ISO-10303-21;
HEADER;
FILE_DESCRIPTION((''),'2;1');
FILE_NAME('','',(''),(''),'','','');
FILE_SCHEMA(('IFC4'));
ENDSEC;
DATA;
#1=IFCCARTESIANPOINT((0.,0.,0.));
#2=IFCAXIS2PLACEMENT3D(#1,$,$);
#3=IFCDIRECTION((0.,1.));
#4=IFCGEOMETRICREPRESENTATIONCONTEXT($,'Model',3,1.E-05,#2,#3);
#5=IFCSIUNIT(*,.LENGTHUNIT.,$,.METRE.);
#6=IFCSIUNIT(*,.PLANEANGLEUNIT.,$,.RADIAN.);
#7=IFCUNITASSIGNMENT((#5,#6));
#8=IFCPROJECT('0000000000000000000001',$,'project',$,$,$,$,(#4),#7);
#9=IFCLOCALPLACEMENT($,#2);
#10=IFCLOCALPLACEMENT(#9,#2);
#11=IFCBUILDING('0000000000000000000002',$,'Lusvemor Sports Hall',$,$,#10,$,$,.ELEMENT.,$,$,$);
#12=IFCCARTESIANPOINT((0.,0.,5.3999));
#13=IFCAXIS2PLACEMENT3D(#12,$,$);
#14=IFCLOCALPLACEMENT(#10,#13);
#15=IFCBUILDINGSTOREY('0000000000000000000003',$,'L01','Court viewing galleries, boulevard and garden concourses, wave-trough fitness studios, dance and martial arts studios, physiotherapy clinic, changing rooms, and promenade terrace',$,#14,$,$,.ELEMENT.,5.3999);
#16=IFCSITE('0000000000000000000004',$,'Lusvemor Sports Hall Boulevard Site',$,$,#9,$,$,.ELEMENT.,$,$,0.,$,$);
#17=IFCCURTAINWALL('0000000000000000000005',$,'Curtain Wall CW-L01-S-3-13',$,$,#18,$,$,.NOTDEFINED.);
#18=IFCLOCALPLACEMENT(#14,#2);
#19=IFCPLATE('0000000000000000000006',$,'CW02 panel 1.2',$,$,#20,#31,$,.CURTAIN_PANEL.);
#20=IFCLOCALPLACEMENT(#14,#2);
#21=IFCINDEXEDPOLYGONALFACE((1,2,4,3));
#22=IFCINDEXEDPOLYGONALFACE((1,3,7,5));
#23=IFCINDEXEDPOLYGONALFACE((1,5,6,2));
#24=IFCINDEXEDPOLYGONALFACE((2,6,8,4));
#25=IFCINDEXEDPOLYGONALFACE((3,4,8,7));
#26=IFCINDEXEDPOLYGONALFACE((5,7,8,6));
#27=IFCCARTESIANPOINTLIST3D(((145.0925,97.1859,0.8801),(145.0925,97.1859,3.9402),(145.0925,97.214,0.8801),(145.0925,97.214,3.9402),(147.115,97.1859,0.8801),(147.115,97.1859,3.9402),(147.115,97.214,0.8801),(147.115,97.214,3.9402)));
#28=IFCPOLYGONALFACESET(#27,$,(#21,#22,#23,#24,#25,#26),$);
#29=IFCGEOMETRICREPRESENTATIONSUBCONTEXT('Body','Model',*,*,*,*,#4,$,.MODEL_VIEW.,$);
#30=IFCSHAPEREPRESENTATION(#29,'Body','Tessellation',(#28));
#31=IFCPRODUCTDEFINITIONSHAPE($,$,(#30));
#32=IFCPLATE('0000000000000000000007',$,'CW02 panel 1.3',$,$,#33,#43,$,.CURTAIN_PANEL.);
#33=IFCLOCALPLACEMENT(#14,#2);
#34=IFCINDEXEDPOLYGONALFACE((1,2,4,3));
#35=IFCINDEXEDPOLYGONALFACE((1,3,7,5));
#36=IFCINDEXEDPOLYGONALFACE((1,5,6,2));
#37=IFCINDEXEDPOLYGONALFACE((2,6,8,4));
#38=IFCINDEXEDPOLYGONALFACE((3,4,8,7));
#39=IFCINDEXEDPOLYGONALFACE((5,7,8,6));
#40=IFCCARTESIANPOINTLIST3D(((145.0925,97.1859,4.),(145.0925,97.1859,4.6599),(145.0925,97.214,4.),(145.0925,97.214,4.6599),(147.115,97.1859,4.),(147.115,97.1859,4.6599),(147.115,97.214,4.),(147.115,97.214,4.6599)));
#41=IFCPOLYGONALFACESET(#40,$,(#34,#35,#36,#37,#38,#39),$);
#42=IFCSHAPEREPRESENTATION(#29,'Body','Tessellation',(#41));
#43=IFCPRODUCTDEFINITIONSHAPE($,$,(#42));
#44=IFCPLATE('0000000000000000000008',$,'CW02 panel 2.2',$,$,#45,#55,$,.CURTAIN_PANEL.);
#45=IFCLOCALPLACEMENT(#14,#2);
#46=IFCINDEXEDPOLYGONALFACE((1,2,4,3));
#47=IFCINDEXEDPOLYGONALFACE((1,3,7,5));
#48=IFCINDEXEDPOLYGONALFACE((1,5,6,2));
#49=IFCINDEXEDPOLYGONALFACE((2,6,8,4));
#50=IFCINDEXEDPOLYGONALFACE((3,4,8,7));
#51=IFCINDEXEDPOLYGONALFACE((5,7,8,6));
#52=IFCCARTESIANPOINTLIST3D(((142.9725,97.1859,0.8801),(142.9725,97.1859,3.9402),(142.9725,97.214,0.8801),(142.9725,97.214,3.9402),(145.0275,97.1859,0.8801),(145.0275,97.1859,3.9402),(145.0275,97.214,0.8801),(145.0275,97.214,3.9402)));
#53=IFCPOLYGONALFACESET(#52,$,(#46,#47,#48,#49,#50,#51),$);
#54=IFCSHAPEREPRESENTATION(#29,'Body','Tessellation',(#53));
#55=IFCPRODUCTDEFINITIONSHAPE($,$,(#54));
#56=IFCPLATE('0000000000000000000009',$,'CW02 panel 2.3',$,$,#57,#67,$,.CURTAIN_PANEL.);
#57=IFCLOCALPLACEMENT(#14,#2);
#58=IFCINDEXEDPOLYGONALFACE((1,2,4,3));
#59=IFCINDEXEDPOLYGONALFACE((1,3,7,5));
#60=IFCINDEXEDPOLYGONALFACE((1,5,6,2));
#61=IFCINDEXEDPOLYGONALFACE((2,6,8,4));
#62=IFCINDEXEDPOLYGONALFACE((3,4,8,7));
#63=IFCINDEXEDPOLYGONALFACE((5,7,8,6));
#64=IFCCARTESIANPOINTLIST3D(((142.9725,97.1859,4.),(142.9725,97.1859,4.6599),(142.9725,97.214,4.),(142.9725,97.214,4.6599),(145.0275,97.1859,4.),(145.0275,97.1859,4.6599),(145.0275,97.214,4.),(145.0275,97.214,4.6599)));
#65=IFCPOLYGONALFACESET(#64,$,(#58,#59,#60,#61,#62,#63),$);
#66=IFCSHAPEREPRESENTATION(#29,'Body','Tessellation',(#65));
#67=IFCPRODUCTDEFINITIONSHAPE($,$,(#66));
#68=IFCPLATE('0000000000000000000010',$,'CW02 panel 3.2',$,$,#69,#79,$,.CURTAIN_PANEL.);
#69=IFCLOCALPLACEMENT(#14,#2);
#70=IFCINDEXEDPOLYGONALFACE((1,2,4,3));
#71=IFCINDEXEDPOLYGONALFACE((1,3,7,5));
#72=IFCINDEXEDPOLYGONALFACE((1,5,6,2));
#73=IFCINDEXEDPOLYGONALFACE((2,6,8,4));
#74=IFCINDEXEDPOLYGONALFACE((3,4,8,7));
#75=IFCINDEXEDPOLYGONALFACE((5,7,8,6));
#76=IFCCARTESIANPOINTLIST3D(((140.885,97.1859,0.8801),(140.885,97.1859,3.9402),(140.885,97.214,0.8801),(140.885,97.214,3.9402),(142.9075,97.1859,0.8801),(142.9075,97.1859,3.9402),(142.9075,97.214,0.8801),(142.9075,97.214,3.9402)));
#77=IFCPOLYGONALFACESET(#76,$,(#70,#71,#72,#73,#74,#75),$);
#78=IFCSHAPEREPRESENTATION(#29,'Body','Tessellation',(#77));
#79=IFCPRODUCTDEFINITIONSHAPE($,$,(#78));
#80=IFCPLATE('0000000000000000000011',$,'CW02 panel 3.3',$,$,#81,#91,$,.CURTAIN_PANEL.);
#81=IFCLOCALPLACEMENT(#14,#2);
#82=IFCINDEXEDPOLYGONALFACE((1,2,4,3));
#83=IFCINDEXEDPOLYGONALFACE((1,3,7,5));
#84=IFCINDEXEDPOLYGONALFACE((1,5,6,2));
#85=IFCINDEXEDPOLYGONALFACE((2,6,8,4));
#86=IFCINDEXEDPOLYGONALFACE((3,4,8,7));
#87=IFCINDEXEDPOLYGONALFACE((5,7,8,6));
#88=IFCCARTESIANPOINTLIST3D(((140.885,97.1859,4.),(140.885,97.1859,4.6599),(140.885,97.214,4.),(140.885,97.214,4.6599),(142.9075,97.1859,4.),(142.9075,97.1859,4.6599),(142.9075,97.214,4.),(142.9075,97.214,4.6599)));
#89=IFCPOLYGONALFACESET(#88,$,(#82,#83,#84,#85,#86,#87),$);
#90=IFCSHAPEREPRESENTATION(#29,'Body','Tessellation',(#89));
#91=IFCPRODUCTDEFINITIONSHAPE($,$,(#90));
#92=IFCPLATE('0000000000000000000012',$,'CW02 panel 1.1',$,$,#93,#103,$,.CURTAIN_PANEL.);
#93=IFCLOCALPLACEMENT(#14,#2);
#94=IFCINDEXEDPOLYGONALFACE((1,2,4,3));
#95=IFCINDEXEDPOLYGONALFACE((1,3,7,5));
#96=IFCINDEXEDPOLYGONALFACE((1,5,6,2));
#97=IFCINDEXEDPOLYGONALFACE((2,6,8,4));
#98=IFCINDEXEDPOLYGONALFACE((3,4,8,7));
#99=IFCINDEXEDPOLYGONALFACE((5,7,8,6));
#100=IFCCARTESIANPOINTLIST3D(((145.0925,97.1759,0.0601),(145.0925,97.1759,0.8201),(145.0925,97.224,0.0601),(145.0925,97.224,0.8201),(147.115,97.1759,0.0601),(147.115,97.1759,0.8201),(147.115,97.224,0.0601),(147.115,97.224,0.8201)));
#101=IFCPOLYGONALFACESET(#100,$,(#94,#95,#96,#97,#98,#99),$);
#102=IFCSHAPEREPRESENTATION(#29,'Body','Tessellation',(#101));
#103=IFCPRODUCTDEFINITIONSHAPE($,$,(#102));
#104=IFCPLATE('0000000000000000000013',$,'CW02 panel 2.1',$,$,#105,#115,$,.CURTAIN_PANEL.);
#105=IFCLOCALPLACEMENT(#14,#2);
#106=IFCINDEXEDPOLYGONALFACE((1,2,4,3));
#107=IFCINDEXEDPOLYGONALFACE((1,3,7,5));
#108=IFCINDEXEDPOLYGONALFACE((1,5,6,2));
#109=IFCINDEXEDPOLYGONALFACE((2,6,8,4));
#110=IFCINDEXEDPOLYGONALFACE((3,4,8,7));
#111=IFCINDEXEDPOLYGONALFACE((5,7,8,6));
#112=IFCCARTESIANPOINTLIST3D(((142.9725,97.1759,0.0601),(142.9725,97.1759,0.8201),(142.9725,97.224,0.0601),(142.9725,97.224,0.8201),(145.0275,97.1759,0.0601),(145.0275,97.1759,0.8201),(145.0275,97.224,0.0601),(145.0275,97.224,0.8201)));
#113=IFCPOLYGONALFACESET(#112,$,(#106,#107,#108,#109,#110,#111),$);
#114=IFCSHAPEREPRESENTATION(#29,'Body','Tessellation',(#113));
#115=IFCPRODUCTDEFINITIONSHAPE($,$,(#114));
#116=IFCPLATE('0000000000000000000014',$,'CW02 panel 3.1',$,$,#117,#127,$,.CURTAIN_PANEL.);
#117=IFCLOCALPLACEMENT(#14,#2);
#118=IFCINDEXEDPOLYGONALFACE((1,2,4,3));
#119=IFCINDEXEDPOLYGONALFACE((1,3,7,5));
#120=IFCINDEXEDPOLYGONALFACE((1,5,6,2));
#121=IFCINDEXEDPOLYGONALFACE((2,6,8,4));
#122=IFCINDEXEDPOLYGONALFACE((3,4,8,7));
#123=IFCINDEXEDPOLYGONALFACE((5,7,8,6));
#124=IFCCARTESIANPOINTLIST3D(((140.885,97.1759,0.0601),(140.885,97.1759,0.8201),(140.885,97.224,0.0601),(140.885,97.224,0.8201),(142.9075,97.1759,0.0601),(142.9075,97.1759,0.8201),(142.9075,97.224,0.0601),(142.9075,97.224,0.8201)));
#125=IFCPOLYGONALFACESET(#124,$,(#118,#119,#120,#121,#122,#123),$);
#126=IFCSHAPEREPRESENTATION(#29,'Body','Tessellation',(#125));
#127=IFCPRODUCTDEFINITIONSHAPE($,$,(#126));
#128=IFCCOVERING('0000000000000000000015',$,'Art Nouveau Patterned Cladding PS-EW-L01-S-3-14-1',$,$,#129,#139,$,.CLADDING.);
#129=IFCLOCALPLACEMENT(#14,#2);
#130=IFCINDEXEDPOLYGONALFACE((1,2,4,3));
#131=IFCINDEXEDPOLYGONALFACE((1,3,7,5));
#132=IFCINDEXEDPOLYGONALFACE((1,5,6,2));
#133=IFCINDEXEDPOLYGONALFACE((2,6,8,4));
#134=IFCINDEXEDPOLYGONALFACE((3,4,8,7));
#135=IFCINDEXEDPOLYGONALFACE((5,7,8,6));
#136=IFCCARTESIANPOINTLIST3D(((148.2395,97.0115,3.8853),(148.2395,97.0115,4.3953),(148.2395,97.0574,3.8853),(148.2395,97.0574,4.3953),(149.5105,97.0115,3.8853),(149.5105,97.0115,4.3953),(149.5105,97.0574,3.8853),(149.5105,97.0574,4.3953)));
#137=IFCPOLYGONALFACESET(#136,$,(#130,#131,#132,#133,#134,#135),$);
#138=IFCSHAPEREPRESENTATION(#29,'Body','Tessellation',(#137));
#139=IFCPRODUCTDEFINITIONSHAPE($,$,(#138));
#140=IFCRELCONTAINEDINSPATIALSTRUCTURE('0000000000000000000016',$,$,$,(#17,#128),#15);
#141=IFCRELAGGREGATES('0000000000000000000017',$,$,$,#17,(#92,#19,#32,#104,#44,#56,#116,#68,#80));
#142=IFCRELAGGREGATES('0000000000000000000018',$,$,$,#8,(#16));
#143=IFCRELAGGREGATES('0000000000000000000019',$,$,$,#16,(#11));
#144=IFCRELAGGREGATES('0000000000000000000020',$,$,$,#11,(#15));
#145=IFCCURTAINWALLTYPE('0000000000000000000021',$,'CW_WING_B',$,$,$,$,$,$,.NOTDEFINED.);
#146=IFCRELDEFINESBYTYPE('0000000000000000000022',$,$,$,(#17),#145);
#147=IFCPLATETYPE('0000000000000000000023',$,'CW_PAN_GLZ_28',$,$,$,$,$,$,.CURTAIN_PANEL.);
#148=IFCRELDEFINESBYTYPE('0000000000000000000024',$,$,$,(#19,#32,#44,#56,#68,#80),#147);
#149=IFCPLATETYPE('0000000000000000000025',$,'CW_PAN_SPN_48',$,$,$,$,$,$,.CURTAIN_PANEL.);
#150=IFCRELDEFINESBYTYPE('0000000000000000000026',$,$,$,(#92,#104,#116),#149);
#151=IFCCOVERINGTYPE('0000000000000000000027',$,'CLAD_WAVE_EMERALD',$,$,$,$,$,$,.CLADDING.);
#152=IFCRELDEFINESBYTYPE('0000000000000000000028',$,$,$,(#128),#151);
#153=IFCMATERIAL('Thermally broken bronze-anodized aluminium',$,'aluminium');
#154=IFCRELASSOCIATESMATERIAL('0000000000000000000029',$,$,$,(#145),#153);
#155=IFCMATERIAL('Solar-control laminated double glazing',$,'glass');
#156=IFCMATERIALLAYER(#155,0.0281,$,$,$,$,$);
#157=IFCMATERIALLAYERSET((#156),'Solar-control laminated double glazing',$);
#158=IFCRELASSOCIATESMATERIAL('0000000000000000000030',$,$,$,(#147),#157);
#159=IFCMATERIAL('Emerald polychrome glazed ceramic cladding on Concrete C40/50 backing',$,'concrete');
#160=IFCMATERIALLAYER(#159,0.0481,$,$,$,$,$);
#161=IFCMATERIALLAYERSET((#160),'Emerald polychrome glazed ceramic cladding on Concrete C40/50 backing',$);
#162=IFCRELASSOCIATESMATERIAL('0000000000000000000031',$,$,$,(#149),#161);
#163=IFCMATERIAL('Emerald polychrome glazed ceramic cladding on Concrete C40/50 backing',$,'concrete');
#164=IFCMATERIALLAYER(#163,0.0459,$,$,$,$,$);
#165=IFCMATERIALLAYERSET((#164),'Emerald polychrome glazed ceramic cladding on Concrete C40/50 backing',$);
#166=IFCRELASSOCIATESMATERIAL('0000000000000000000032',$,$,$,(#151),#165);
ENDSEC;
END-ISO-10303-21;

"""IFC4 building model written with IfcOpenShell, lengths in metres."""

from ifc_helpers import new_model, si_unit, direction, frame, origin, origin_2d, place, context, subcontext, project, spatial, rectangle, extrude, material, layer, layer_set, type_object, element, aggregate, save


model = new_model("IFC4")

# Units and contexts
model_context = context("Model", 3, precision=1e-05, world=origin(), true_north=direction((0.0, 1.0)))
body_context = subcontext(model_context, "Body", "Model", "MODEL_VIEW")
ifc_project = project(units=[si_unit("LENGTHUNIT", "METRE"), si_unit("PLANEANGLEUNIT", "RADIAN")], contexts=[model_context])

# Site, building, storey
site_placement = place(None, origin())
site = spatial("IfcSite", under=ifc_project, at=site_placement, Name="Lusvemor Sports Hall Boulevard Site", CompositionType="ELEMENT", RefElevation=0.0)
building_placement = place(site_placement, origin())
building = spatial("IfcBuilding", under=site, at=building_placement, Name="Lusvemor Sports Hall", CompositionType="ELEMENT")
storey_placement = place(building_placement, frame((0.0, 0.0, 5.3999)))
storey = spatial("IfcBuildingStorey", under=building, at=storey_placement, Name="L01", Description="Court viewing galleries, boulevard and garden concourses, wave-trough fitness studios, dance and martial arts studios, physiotherapy clinic, changing rooms, and promenade terrace", CompositionType="ELEMENT", Elevation=5.3999)

# Curtain wall
ifc_material_1 = material(Name="Thermally broken bronze-anodized aluminium", Category="aluminium")
curtain_wall_type = type_object("IfcCurtainWallType", Name="CW_WING_B", PredefinedType="NOTDEFINED", material=ifc_material_1)
curtain_wall_placement = place(storey_placement, origin())
curtain_wall = element("IfcCurtainWall", 1, at=curtain_wall_placement, inside=storey, type_object=curtain_wall_type, Name="Curtain Wall CW-L01-S-3-13", PredefinedType="NOTDEFINED")

# Plates
ifc_material_2 = material(Name="Solar-control laminated double glazing", Category="glass")
ifc_layer_1 = layer(ifc_material_2, 0.0281)
ifc_layer_set_1 = layer_set([ifc_layer_1], Name="Solar-control laminated double glazing")
plate_type_1 = type_object("IfcPlateType", Name="CW_PAN_GLZ_28", PredefinedType="CURTAIN_PANEL", material=ifc_layer_set_1)
plate_1_placement = place(storey_placement, frame((146.1038, 97.2, 0.8801), z_axis=(0.0, 0.0, 1.0), x_axis=(-1.0, 0.0, 0.0)))
plate_1 = element("IfcPlate", 2, at=plate_1_placement, type_object=plate_type_1, Name="CW02 panel 1.2", PredefinedType="CURTAIN_PANEL", context=body_context, shape_type="SweptSolid", body=[
    extrude(rectangle(XDim=2.0225, YDim=0.0281, at=origin_2d()), origin(), (0.0, 0.0, 1.0), 3.0601),
])
plate_2_placement = place(storey_placement, frame((146.1038, 97.2, 4.0), z_axis=(0.0, 0.0, 1.0), x_axis=(-1.0, 0.0, 0.0)))
plate_2 = element("IfcPlate", 3, at=plate_2_placement, type_object=plate_type_1, Name="CW02 panel 1.3", PredefinedType="CURTAIN_PANEL", context=body_context, shape_type="SweptSolid", body=[
    extrude(rectangle(XDim=2.0225, YDim=0.0281, at=origin_2d()), origin(), (0.0, 0.0, 1.0), 0.6599),
])
plate_3_placement = place(storey_placement, frame((144.0, 97.2, 0.8801), z_axis=(0.0, 0.0, 1.0), x_axis=(-1.0, 0.0, 0.0)))
plate_3 = element("IfcPlate", 4, at=plate_3_placement, type_object=plate_type_1, Name="CW02 panel 2.2", PredefinedType="CURTAIN_PANEL", context=body_context, shape_type="SweptSolid", body=[
    extrude(rectangle(XDim=2.0549, YDim=0.0281, at=origin_2d()), origin(), (0.0, 0.0, 1.0), 3.0601),
])
plate_4_placement = place(storey_placement, frame((144.0, 97.2, 4.0), z_axis=(0.0, 0.0, 1.0), x_axis=(-1.0, 0.0, 0.0)))
plate_4 = element("IfcPlate", 5, at=plate_4_placement, type_object=plate_type_1, Name="CW02 panel 2.3", PredefinedType="CURTAIN_PANEL", context=body_context, shape_type="SweptSolid", body=[
    extrude(rectangle(XDim=2.0549, YDim=0.0281, at=origin_2d()), origin(), (0.0, 0.0, 1.0), 0.6599),
])
plate_5_placement = place(storey_placement, frame((141.8962, 97.2, 0.8801), z_axis=(0.0, 0.0, 1.0), x_axis=(-1.0, 0.0, 0.0)))
plate_5 = element("IfcPlate", 6, at=plate_5_placement, type_object=plate_type_1, Name="CW02 panel 3.2", PredefinedType="CURTAIN_PANEL", context=body_context, shape_type="SweptSolid", body=[
    extrude(rectangle(XDim=2.0225, YDim=0.0281, at=origin_2d()), origin(), (0.0, 0.0, 1.0), 3.0601),
])
plate_6_placement = place(storey_placement, frame((141.8962, 97.2, 4.0), z_axis=(0.0, 0.0, 1.0), x_axis=(-1.0, 0.0, 0.0)))
plate_6 = element("IfcPlate", 7, at=plate_6_placement, type_object=plate_type_1, Name="CW02 panel 3.3", PredefinedType="CURTAIN_PANEL", context=body_context, shape_type="SweptSolid", body=[
    extrude(rectangle(XDim=2.0225, YDim=0.0281, at=origin_2d()), origin(), (0.0, 0.0, 1.0), 0.6599),
])
ifc_material_3 = material(Name="Emerald polychrome glazed ceramic cladding on Concrete C40/50 backing", Category="concrete")
ifc_layer_2 = layer(ifc_material_3, 0.0481)
ifc_layer_set_2 = layer_set([ifc_layer_2], Name="Emerald polychrome glazed ceramic cladding on Concrete C40/50 backing")
plate_type_2 = type_object("IfcPlateType", Name="CW_PAN_SPN_48", PredefinedType="CURTAIN_PANEL", material=ifc_layer_set_2)
plate_7_placement = place(storey_placement, frame((146.1038, 97.2, 0.0601), z_axis=(0.0, 0.0, 1.0), x_axis=(-1.0, 0.0, 0.0)))
plate_7 = element("IfcPlate", 8, at=plate_7_placement, type_object=plate_type_2, Name="CW02 panel 1.1", PredefinedType="CURTAIN_PANEL", context=body_context, shape_type="SweptSolid", body=[
    extrude(rectangle(XDim=2.0225, YDim=0.0481, at=origin_2d()), origin(), (0.0, 0.0, 1.0), 0.76),
])
plate_8_placement = place(storey_placement, frame((144.0, 97.2, 0.0601), z_axis=(0.0, 0.0, 1.0), x_axis=(-1.0, 0.0, 0.0)))
plate_8 = element("IfcPlate", 9, at=plate_8_placement, type_object=plate_type_2, Name="CW02 panel 2.1", PredefinedType="CURTAIN_PANEL", context=body_context, shape_type="SweptSolid", body=[
    extrude(rectangle(XDim=2.0549, YDim=0.0481, at=origin_2d()), origin(), (0.0, 0.0, 1.0), 0.76),
])
plate_9_placement = place(storey_placement, frame((141.8962, 97.2, 0.0601), z_axis=(0.0, 0.0, 1.0), x_axis=(-1.0, 0.0, 0.0)))
plate_9 = element("IfcPlate", 10, at=plate_9_placement, type_object=plate_type_2, Name="CW02 panel 3.1", PredefinedType="CURTAIN_PANEL", context=body_context, shape_type="SweptSolid", body=[
    extrude(rectangle(XDim=2.0225, YDim=0.0481, at=origin_2d()), origin(), (0.0, 0.0, 1.0), 0.76),
])
aggregate(curtain_wall, [plate_7, plate_1, plate_2, plate_8, plate_3, plate_4, plate_9, plate_5, plate_6])

# Covering
ifc_material_4 = material(Name="Emerald polychrome glazed ceramic cladding on Concrete C40/50 backing", Category="concrete")
ifc_layer_3 = layer(ifc_material_4, 0.0459)
ifc_layer_set_3 = layer_set([ifc_layer_3], Name="Emerald polychrome glazed ceramic cladding on Concrete C40/50 backing")
covering_type = type_object("IfcCoveringType", Name="CLAD_WAVE_EMERALD", PredefinedType="CLADDING", material=ifc_layer_set_3)
covering_placement = place(storey_placement, frame((148.875, 97.0344, 3.8853), z_axis=(0.0, 0.0, 1.0), x_axis=(1.0, 0.0, 0.0)))
element("IfcCovering", 11, at=covering_placement, inside=storey, type_object=covering_type, Name="Art Nouveau Patterned Cladding PS-EW-L01-S-3-14-1", PredefinedType="CLADDING", context=body_context, shape_type="SweptSolid", body=[
    extrude(rectangle(XDim=1.271, YDim=0.0459, at=origin_2d()), origin(), (0.0, 0.0, 1.0), 0.51),
])

save(model, "model.ifc")
